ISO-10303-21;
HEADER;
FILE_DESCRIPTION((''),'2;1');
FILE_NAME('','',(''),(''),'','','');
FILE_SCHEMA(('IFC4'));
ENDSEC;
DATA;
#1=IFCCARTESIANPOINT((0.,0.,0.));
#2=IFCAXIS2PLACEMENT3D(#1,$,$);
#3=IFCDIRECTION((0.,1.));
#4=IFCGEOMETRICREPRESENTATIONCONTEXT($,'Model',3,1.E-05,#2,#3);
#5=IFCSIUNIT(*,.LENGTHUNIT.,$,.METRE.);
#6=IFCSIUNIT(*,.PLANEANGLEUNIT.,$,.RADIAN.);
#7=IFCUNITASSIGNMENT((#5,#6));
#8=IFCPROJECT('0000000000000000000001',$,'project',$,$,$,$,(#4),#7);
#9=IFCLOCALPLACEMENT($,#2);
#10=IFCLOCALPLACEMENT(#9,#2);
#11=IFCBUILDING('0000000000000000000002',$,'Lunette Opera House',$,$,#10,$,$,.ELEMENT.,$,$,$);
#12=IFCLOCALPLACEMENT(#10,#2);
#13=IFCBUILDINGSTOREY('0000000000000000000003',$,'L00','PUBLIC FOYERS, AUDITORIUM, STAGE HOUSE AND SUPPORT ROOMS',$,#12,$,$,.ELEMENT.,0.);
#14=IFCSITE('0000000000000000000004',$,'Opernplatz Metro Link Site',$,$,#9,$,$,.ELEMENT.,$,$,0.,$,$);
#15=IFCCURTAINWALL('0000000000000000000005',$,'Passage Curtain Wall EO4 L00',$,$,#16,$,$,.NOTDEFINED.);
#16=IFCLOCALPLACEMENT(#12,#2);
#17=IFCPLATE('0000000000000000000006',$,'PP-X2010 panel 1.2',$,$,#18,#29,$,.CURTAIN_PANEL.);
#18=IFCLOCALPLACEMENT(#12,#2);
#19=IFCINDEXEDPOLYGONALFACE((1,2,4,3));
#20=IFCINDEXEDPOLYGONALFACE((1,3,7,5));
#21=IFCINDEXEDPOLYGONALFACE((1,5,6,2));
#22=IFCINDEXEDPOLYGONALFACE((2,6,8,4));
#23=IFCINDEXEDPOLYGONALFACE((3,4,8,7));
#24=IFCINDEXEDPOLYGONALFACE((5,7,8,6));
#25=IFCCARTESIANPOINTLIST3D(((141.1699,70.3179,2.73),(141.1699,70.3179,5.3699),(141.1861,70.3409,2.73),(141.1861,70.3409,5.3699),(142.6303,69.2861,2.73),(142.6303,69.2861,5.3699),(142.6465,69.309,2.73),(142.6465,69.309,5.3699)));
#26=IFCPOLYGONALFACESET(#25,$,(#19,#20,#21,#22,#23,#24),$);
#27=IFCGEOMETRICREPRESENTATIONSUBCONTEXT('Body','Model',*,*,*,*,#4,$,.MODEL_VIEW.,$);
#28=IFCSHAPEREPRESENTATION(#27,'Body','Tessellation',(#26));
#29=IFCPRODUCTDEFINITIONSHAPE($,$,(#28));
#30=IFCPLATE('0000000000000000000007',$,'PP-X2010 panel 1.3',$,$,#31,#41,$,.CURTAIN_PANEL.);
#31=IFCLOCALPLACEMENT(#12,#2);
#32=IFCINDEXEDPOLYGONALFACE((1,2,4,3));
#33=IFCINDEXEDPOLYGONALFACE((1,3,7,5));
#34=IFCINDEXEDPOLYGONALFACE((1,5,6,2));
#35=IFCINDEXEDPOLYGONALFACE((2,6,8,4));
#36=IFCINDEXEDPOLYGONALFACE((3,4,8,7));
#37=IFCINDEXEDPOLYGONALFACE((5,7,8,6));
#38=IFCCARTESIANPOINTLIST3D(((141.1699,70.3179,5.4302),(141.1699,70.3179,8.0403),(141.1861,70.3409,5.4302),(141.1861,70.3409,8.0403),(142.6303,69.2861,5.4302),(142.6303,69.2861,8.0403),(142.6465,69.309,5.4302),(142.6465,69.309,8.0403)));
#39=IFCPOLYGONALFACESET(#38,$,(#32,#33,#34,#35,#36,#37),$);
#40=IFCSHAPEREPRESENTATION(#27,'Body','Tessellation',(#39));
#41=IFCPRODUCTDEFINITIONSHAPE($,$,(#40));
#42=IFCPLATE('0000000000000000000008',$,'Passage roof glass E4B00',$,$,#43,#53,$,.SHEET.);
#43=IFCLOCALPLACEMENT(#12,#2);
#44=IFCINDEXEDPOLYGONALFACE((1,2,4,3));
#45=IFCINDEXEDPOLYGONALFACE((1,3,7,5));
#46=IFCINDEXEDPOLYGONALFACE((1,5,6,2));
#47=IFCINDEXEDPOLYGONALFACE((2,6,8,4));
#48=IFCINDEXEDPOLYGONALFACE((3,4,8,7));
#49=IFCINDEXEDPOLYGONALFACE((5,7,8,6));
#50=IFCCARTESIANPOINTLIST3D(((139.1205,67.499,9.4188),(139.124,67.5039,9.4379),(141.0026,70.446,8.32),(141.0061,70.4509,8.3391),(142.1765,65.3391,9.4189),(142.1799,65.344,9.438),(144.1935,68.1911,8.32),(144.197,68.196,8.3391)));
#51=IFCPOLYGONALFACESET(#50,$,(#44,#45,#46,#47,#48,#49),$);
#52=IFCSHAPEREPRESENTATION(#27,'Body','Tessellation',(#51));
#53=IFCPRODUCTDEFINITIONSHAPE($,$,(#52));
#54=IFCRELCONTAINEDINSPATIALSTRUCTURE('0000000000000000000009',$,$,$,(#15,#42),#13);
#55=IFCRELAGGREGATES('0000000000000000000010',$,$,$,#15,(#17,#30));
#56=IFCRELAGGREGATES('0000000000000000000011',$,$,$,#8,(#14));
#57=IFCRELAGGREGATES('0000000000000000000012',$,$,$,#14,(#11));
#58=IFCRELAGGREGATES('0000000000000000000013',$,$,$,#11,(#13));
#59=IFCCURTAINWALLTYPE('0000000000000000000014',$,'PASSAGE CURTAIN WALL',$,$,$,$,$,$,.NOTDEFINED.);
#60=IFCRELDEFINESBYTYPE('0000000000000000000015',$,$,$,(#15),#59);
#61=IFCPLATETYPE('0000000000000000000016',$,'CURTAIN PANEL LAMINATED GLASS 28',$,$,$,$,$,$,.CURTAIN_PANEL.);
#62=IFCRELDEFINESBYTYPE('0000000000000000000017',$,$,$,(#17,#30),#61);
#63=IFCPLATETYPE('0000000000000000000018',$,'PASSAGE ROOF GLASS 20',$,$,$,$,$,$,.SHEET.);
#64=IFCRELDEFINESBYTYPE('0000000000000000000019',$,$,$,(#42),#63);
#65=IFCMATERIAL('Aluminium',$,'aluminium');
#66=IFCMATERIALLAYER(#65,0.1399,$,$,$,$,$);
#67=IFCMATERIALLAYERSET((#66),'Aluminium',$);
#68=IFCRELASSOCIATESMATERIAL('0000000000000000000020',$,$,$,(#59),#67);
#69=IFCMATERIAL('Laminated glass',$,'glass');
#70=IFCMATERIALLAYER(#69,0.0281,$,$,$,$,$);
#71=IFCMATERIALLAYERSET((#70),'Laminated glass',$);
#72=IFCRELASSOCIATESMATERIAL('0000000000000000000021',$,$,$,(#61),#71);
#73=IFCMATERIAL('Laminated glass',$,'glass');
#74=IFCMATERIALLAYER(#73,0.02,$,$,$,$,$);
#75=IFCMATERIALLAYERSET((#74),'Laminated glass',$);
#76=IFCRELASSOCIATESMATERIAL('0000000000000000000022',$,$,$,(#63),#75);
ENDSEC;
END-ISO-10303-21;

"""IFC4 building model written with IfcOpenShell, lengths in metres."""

from ifc_helpers import new_model, si_unit, direction, frame, origin, origin_2d, place, context, subcontext, project, spatial, polyline, rectangle, outline, extrude, material, layer, layer_set, type_object, element, aggregate, save


model = new_model("IFC4")

# Units and contexts
model_context = context("Model", 3, precision=1e-05, world=origin(), true_north=direction((0.0, 1.0)))
body_context = subcontext(model_context, "Body", "Model", "MODEL_VIEW")
ifc_project = project(units=[si_unit("LENGTHUNIT", "METRE"), si_unit("PLANEANGLEUNIT", "RADIAN")], contexts=[model_context])

# Site, building, storey
site_placement = place(None, origin())
site = spatial("IfcSite", under=ifc_project, at=site_placement, Name="Opernplatz Metro Link Site", CompositionType="ELEMENT", RefElevation=0.0)
building_placement = place(site_placement, origin())
building = spatial("IfcBuilding", under=site, at=building_placement, Name="Lunette Opera House", CompositionType="ELEMENT")
storey_placement = place(building_placement, origin())
storey = spatial("IfcBuildingStorey", under=building, at=storey_placement, Name="L00", Description="PUBLIC FOYERS, AUDITORIUM, STAGE HOUSE AND SUPPORT ROOMS", CompositionType="ELEMENT", Elevation=0.0)

# Shared definitions
ifc_material_1 = material(Name="Aluminium", Category="aluminium")
ifc_layer_1 = layer(ifc_material_1, 0.1399)
ifc_layer_set_1 = layer_set([ifc_layer_1], Name="Aluminium")
curtain_wall_type = type_object("IfcCurtainWallType", Name="PASSAGE CURTAIN WALL", PredefinedType="NOTDEFINED", material=ifc_layer_set_1)

# Curtain wall
curtain_wall_1_placement = place(storey_placement, origin())
curtain_wall_1 = element("IfcCurtainWall", 1, at=curtain_wall_1_placement, inside=storey, type_object=curtain_wall_type, Name="Passage Curtain Wall EO4 L00", PredefinedType="NOTDEFINED")

# Plates
ifc_material_2 = material(Name="Laminated glass", Category="glass")
ifc_layer_2 = layer(ifc_material_2, 0.0281)
ifc_layer_set_2 = layer_set([ifc_layer_2], Name="Laminated glass")
plate_type_1 = type_object("IfcPlateType", Name="CURTAIN PANEL LAMINATED GLASS 28", PredefinedType="CURTAIN_PANEL", material=ifc_layer_set_2)
plate_1_placement = place(storey_placement, frame((141.9082, 69.8135, 2.73), z_axis=(0.0, 0.0, 1.0), x_axis=(0.816691, -0.577075, 0.0)))
plate_1 = element("IfcPlate", 2, at=plate_1_placement, type_object=plate_type_1, Name="PP-X2010 panel 1.2", PredefinedType="CURTAIN_PANEL", context=body_context, shape_type="SweptSolid", body=[
    extrude(rectangle(XDim=1.7881, YDim=0.0281, at=origin_2d()), origin(), (0.0, 0.0, 1.0), 2.6399),
])
plate_2_placement = place(storey_placement, frame((141.9082, 69.8135, 5.4302), z_axis=(0.0, 0.0, 1.0), x_axis=(0.816691, -0.577075, 0.0)))
plate_2 = element("IfcPlate", 3, at=plate_2_placement, type_object=plate_type_1, Name="PP-X2010 panel 1.3", PredefinedType="CURTAIN_PANEL", context=body_context, shape_type="SweptSolid", body=[
    extrude(rectangle(XDim=1.7881, YDim=0.0281, at=origin_2d()), origin(), (0.0, 0.0, 1.0), 2.6101),
])
aggregate(curtain_wall_1, [plate_1, plate_2])
ifc_material_3 = material(Name="Laminated glass", Category="glass")
ifc_layer_3 = layer(ifc_material_3, 0.02)
ifc_layer_set_3 = layer_set([ifc_layer_3], Name="Laminated glass")
plate_type_2 = type_object("IfcPlateType", Name="PASSAGE ROOF GLASS 20", PredefinedType="SHEET", material=ifc_layer_set_3)
plate_3_placement = place(storey_placement, frame((141.0061, 70.4509, 8.3391), z_axis=(0.173194, 0.245065, 0.953911), x_axis=(0.816667, -0.577108, -0.000013)))
element("IfcPlate", 4, at=plate_3_placement, inside=storey, type_object=plate_type_2, Name="Passage roof glass E4B00", PredefinedType="SHEET", context=body_context, shape_type="SweptSolid", body=[
    extrude(outline(polyline([(0.0, 0.0), (3.9072, 0.0), (3.9059, -3.662), (0.1637, -3.6617), (0.0, 0.0)])), origin(), (0.0, 0.0, -1.0), 0.02),
])

save(model, "model.ifc")
